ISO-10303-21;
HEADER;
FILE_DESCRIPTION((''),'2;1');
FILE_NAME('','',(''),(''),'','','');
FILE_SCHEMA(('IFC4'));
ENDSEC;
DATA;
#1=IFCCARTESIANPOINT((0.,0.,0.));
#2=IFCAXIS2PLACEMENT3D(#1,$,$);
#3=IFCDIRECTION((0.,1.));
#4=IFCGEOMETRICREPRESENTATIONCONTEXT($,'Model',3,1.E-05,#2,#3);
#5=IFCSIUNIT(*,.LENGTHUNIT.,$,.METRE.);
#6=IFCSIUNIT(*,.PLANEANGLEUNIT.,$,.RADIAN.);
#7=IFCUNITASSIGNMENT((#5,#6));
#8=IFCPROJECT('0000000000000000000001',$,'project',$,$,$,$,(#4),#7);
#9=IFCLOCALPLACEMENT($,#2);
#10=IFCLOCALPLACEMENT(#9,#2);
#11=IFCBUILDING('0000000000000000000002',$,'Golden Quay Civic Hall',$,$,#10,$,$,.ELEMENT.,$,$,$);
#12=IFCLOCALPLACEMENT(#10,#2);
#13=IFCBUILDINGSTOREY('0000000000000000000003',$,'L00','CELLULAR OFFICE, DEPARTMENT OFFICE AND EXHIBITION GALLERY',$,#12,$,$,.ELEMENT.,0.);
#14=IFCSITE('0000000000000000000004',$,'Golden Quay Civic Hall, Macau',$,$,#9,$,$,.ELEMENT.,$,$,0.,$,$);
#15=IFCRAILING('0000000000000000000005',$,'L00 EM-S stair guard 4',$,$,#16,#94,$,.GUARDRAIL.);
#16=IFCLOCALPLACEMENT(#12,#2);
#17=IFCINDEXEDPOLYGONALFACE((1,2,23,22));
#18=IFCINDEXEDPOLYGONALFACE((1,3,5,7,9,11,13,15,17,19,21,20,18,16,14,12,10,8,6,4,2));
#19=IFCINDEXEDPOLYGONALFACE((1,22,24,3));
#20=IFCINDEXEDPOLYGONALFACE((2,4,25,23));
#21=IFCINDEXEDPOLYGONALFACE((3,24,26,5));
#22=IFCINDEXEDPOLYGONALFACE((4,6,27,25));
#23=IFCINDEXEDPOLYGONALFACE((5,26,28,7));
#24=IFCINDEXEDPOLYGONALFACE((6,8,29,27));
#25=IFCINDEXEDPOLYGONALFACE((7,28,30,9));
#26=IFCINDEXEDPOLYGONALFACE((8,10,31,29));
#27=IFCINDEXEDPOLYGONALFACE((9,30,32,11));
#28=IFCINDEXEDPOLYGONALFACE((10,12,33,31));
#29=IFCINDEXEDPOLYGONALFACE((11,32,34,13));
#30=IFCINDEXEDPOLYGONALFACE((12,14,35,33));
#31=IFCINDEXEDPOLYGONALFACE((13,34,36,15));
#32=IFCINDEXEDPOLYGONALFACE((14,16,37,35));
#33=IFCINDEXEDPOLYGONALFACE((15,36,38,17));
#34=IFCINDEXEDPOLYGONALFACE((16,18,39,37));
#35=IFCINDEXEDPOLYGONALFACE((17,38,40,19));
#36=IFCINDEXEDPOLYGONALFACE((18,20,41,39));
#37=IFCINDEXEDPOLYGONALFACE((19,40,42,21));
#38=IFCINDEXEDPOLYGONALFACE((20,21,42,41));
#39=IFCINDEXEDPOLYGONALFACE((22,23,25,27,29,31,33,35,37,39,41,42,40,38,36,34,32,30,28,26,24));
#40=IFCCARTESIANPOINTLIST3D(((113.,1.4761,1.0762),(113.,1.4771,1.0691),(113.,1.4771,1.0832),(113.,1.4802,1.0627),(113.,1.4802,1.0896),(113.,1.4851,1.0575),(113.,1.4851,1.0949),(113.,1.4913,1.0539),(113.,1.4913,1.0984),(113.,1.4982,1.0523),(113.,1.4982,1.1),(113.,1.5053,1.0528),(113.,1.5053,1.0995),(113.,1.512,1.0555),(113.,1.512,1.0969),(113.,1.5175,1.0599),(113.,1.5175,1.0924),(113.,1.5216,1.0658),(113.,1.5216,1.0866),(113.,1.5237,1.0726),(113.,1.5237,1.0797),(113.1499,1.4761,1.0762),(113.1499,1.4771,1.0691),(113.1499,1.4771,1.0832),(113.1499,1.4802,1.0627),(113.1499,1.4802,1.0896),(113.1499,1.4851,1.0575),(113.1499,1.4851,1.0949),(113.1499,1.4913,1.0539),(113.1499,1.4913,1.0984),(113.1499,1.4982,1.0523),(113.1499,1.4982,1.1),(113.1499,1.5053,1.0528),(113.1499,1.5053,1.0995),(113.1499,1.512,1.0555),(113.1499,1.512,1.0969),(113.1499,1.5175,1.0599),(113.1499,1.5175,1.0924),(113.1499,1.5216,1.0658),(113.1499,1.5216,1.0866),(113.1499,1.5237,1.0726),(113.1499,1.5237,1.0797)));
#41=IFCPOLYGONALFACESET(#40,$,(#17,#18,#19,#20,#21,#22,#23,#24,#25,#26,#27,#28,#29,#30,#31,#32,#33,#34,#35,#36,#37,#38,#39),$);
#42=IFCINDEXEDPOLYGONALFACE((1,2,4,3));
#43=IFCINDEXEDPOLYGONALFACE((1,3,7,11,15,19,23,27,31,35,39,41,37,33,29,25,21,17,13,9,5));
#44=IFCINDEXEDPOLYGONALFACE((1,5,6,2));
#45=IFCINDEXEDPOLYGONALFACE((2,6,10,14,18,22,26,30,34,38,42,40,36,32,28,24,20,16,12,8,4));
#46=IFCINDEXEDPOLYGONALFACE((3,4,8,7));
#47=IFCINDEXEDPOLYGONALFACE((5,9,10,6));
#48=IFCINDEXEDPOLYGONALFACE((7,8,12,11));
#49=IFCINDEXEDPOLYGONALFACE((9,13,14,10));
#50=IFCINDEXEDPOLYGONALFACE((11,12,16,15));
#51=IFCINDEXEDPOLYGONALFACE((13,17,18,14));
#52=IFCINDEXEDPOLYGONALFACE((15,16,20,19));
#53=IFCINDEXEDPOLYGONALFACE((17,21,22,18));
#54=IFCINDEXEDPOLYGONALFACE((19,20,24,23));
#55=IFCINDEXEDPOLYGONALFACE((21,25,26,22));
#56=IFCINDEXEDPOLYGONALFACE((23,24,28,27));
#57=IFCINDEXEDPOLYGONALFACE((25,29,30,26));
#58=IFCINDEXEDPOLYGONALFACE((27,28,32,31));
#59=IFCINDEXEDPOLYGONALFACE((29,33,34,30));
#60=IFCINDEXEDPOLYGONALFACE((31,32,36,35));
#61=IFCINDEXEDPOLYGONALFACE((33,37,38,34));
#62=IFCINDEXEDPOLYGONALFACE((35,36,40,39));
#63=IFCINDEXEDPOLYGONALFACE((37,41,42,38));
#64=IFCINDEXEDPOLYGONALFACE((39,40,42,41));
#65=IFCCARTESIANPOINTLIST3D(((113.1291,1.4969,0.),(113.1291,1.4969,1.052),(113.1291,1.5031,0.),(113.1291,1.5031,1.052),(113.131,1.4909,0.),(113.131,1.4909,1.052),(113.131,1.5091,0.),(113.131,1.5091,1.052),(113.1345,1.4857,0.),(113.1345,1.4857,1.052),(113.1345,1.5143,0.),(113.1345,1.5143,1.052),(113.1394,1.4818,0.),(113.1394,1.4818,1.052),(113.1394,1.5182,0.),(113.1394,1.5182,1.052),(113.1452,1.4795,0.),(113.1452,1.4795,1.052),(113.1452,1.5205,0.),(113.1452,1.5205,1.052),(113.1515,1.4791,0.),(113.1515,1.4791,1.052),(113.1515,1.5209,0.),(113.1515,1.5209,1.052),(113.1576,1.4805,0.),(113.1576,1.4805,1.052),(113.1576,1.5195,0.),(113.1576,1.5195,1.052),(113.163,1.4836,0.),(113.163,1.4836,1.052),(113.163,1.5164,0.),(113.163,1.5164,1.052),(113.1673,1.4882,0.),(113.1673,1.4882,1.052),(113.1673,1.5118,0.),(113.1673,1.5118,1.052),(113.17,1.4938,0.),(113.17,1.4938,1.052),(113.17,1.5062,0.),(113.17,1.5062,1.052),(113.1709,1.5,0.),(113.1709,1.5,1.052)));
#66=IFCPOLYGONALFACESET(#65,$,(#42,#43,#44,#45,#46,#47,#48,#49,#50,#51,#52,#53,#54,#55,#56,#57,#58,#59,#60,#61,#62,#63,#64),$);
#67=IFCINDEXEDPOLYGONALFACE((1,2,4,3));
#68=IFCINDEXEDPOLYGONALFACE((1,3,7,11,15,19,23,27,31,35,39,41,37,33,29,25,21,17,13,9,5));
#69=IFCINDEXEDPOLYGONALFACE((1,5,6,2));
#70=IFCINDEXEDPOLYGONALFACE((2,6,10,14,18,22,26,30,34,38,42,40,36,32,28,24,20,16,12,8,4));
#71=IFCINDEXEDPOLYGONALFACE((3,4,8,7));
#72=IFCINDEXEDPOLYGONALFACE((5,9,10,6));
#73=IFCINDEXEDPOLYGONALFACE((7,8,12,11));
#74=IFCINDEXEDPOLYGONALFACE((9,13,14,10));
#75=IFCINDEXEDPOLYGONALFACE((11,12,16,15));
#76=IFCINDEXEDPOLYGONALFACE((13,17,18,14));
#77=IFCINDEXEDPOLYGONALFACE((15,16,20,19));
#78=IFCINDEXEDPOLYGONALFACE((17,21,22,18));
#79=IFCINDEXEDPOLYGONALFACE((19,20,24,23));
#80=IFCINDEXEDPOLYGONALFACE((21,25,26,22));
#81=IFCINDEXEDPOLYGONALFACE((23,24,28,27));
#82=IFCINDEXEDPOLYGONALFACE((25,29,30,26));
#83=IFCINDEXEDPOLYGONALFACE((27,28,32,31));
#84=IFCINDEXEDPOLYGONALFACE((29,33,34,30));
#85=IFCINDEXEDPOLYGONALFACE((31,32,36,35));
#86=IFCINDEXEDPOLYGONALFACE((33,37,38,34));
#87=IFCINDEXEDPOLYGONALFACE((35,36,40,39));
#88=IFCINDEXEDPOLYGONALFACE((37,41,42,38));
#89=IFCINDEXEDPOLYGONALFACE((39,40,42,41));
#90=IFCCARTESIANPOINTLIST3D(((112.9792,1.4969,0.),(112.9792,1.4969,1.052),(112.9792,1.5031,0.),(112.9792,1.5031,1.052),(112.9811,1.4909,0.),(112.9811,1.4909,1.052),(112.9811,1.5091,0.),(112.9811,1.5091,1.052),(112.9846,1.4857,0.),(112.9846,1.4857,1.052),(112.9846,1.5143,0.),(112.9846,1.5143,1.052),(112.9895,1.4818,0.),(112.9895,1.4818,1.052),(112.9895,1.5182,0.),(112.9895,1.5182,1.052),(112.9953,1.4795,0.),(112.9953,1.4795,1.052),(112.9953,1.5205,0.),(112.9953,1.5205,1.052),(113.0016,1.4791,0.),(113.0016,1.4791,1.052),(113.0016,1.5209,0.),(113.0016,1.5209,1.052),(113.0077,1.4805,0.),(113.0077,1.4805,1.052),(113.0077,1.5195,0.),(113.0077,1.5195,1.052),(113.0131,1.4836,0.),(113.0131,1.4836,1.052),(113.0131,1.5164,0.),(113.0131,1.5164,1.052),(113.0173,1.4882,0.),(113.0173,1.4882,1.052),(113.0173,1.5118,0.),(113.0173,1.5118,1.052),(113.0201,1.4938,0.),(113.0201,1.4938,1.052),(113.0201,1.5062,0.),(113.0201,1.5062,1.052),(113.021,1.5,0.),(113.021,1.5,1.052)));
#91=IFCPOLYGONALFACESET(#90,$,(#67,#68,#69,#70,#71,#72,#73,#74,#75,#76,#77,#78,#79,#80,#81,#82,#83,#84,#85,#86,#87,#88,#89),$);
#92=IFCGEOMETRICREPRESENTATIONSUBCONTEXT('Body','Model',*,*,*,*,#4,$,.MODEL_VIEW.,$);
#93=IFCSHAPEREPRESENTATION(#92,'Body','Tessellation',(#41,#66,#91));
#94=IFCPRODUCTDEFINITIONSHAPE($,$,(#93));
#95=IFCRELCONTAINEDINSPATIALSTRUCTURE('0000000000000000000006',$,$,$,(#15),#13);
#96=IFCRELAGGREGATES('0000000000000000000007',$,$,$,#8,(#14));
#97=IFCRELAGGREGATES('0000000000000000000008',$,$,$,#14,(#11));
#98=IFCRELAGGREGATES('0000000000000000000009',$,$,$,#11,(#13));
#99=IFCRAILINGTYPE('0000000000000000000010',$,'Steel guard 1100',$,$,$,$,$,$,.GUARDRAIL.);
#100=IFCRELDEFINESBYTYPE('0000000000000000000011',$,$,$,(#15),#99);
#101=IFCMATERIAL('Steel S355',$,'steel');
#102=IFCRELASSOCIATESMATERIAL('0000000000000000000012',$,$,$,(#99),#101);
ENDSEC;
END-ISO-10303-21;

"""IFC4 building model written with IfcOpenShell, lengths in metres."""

from ifc_helpers import new_model, si_unit, direction, frame, origin, origin_2d, place, context, subcontext, project, spatial, circle, extrude, material, type_object, element, save


model = new_model("IFC4")

# Units and contexts
model_context = context("Model", 3, precision=1e-05, world=origin(), true_north=direction((0.0, 1.0)))
body_context = subcontext(model_context, "Body", "Model", "MODEL_VIEW")
ifc_project = project(units=[si_unit("LENGTHUNIT", "METRE"), si_unit("PLANEANGLEUNIT", "RADIAN")], contexts=[model_context])

# Site, building, storey
site_placement = place(None, origin())
site = spatial("IfcSite", under=ifc_project, at=site_placement, Name="Golden Quay Civic Hall, Macau", CompositionType="ELEMENT", RefElevation=0.0)
building_placement = place(site_placement, origin())
building = spatial("IfcBuilding", under=site, at=building_placement, Name="Golden Quay Civic Hall", CompositionType="ELEMENT")
storey_placement = place(building_placement, origin())
storey = spatial("IfcBuildingStorey", under=building, at=storey_placement, Name="L00", Description="CELLULAR OFFICE, DEPARTMENT OFFICE AND EXHIBITION GALLERY", CompositionType="ELEMENT", Elevation=0.0)

# Railing
ifc_material_1 = material(Name="Steel S355", Category="steel")
railing_type_1 = type_object("IfcRailingType", Name="Steel guard 1100", PredefinedType="GUARDRAIL", material=ifc_material_1)
railing_1_placement = place(storey_placement, frame((113.1499, 1.5, 0.0)))
element("IfcRailing", 1, at=railing_1_placement, inside=storey, type_object=railing_type_1, Name="L00 EM-S stair guard 4", PredefinedType="GUARDRAIL", context=body_context, shape_type="SweptSolid", body=[
    extrude(circle(Radius=0.0239, at=origin_2d()), frame((0.0, 0.0, 1.0762), z_axis=(-1.0, 0.0, 0.0), x_axis=(0.0, -1.0, 0.0)), (0.0, 0.0, 1.0), 0.1499),
    extrude(circle(Radius=0.021, at=origin_2d()), origin(), (0.0, 0.0, 1.0), 1.052),
    extrude(circle(Radius=0.021, at=origin_2d()), frame((-0.1499, 0.0, 0.0)), (0.0, 0.0, 1.0), 1.052),
])

save(model, "model.ifc")
